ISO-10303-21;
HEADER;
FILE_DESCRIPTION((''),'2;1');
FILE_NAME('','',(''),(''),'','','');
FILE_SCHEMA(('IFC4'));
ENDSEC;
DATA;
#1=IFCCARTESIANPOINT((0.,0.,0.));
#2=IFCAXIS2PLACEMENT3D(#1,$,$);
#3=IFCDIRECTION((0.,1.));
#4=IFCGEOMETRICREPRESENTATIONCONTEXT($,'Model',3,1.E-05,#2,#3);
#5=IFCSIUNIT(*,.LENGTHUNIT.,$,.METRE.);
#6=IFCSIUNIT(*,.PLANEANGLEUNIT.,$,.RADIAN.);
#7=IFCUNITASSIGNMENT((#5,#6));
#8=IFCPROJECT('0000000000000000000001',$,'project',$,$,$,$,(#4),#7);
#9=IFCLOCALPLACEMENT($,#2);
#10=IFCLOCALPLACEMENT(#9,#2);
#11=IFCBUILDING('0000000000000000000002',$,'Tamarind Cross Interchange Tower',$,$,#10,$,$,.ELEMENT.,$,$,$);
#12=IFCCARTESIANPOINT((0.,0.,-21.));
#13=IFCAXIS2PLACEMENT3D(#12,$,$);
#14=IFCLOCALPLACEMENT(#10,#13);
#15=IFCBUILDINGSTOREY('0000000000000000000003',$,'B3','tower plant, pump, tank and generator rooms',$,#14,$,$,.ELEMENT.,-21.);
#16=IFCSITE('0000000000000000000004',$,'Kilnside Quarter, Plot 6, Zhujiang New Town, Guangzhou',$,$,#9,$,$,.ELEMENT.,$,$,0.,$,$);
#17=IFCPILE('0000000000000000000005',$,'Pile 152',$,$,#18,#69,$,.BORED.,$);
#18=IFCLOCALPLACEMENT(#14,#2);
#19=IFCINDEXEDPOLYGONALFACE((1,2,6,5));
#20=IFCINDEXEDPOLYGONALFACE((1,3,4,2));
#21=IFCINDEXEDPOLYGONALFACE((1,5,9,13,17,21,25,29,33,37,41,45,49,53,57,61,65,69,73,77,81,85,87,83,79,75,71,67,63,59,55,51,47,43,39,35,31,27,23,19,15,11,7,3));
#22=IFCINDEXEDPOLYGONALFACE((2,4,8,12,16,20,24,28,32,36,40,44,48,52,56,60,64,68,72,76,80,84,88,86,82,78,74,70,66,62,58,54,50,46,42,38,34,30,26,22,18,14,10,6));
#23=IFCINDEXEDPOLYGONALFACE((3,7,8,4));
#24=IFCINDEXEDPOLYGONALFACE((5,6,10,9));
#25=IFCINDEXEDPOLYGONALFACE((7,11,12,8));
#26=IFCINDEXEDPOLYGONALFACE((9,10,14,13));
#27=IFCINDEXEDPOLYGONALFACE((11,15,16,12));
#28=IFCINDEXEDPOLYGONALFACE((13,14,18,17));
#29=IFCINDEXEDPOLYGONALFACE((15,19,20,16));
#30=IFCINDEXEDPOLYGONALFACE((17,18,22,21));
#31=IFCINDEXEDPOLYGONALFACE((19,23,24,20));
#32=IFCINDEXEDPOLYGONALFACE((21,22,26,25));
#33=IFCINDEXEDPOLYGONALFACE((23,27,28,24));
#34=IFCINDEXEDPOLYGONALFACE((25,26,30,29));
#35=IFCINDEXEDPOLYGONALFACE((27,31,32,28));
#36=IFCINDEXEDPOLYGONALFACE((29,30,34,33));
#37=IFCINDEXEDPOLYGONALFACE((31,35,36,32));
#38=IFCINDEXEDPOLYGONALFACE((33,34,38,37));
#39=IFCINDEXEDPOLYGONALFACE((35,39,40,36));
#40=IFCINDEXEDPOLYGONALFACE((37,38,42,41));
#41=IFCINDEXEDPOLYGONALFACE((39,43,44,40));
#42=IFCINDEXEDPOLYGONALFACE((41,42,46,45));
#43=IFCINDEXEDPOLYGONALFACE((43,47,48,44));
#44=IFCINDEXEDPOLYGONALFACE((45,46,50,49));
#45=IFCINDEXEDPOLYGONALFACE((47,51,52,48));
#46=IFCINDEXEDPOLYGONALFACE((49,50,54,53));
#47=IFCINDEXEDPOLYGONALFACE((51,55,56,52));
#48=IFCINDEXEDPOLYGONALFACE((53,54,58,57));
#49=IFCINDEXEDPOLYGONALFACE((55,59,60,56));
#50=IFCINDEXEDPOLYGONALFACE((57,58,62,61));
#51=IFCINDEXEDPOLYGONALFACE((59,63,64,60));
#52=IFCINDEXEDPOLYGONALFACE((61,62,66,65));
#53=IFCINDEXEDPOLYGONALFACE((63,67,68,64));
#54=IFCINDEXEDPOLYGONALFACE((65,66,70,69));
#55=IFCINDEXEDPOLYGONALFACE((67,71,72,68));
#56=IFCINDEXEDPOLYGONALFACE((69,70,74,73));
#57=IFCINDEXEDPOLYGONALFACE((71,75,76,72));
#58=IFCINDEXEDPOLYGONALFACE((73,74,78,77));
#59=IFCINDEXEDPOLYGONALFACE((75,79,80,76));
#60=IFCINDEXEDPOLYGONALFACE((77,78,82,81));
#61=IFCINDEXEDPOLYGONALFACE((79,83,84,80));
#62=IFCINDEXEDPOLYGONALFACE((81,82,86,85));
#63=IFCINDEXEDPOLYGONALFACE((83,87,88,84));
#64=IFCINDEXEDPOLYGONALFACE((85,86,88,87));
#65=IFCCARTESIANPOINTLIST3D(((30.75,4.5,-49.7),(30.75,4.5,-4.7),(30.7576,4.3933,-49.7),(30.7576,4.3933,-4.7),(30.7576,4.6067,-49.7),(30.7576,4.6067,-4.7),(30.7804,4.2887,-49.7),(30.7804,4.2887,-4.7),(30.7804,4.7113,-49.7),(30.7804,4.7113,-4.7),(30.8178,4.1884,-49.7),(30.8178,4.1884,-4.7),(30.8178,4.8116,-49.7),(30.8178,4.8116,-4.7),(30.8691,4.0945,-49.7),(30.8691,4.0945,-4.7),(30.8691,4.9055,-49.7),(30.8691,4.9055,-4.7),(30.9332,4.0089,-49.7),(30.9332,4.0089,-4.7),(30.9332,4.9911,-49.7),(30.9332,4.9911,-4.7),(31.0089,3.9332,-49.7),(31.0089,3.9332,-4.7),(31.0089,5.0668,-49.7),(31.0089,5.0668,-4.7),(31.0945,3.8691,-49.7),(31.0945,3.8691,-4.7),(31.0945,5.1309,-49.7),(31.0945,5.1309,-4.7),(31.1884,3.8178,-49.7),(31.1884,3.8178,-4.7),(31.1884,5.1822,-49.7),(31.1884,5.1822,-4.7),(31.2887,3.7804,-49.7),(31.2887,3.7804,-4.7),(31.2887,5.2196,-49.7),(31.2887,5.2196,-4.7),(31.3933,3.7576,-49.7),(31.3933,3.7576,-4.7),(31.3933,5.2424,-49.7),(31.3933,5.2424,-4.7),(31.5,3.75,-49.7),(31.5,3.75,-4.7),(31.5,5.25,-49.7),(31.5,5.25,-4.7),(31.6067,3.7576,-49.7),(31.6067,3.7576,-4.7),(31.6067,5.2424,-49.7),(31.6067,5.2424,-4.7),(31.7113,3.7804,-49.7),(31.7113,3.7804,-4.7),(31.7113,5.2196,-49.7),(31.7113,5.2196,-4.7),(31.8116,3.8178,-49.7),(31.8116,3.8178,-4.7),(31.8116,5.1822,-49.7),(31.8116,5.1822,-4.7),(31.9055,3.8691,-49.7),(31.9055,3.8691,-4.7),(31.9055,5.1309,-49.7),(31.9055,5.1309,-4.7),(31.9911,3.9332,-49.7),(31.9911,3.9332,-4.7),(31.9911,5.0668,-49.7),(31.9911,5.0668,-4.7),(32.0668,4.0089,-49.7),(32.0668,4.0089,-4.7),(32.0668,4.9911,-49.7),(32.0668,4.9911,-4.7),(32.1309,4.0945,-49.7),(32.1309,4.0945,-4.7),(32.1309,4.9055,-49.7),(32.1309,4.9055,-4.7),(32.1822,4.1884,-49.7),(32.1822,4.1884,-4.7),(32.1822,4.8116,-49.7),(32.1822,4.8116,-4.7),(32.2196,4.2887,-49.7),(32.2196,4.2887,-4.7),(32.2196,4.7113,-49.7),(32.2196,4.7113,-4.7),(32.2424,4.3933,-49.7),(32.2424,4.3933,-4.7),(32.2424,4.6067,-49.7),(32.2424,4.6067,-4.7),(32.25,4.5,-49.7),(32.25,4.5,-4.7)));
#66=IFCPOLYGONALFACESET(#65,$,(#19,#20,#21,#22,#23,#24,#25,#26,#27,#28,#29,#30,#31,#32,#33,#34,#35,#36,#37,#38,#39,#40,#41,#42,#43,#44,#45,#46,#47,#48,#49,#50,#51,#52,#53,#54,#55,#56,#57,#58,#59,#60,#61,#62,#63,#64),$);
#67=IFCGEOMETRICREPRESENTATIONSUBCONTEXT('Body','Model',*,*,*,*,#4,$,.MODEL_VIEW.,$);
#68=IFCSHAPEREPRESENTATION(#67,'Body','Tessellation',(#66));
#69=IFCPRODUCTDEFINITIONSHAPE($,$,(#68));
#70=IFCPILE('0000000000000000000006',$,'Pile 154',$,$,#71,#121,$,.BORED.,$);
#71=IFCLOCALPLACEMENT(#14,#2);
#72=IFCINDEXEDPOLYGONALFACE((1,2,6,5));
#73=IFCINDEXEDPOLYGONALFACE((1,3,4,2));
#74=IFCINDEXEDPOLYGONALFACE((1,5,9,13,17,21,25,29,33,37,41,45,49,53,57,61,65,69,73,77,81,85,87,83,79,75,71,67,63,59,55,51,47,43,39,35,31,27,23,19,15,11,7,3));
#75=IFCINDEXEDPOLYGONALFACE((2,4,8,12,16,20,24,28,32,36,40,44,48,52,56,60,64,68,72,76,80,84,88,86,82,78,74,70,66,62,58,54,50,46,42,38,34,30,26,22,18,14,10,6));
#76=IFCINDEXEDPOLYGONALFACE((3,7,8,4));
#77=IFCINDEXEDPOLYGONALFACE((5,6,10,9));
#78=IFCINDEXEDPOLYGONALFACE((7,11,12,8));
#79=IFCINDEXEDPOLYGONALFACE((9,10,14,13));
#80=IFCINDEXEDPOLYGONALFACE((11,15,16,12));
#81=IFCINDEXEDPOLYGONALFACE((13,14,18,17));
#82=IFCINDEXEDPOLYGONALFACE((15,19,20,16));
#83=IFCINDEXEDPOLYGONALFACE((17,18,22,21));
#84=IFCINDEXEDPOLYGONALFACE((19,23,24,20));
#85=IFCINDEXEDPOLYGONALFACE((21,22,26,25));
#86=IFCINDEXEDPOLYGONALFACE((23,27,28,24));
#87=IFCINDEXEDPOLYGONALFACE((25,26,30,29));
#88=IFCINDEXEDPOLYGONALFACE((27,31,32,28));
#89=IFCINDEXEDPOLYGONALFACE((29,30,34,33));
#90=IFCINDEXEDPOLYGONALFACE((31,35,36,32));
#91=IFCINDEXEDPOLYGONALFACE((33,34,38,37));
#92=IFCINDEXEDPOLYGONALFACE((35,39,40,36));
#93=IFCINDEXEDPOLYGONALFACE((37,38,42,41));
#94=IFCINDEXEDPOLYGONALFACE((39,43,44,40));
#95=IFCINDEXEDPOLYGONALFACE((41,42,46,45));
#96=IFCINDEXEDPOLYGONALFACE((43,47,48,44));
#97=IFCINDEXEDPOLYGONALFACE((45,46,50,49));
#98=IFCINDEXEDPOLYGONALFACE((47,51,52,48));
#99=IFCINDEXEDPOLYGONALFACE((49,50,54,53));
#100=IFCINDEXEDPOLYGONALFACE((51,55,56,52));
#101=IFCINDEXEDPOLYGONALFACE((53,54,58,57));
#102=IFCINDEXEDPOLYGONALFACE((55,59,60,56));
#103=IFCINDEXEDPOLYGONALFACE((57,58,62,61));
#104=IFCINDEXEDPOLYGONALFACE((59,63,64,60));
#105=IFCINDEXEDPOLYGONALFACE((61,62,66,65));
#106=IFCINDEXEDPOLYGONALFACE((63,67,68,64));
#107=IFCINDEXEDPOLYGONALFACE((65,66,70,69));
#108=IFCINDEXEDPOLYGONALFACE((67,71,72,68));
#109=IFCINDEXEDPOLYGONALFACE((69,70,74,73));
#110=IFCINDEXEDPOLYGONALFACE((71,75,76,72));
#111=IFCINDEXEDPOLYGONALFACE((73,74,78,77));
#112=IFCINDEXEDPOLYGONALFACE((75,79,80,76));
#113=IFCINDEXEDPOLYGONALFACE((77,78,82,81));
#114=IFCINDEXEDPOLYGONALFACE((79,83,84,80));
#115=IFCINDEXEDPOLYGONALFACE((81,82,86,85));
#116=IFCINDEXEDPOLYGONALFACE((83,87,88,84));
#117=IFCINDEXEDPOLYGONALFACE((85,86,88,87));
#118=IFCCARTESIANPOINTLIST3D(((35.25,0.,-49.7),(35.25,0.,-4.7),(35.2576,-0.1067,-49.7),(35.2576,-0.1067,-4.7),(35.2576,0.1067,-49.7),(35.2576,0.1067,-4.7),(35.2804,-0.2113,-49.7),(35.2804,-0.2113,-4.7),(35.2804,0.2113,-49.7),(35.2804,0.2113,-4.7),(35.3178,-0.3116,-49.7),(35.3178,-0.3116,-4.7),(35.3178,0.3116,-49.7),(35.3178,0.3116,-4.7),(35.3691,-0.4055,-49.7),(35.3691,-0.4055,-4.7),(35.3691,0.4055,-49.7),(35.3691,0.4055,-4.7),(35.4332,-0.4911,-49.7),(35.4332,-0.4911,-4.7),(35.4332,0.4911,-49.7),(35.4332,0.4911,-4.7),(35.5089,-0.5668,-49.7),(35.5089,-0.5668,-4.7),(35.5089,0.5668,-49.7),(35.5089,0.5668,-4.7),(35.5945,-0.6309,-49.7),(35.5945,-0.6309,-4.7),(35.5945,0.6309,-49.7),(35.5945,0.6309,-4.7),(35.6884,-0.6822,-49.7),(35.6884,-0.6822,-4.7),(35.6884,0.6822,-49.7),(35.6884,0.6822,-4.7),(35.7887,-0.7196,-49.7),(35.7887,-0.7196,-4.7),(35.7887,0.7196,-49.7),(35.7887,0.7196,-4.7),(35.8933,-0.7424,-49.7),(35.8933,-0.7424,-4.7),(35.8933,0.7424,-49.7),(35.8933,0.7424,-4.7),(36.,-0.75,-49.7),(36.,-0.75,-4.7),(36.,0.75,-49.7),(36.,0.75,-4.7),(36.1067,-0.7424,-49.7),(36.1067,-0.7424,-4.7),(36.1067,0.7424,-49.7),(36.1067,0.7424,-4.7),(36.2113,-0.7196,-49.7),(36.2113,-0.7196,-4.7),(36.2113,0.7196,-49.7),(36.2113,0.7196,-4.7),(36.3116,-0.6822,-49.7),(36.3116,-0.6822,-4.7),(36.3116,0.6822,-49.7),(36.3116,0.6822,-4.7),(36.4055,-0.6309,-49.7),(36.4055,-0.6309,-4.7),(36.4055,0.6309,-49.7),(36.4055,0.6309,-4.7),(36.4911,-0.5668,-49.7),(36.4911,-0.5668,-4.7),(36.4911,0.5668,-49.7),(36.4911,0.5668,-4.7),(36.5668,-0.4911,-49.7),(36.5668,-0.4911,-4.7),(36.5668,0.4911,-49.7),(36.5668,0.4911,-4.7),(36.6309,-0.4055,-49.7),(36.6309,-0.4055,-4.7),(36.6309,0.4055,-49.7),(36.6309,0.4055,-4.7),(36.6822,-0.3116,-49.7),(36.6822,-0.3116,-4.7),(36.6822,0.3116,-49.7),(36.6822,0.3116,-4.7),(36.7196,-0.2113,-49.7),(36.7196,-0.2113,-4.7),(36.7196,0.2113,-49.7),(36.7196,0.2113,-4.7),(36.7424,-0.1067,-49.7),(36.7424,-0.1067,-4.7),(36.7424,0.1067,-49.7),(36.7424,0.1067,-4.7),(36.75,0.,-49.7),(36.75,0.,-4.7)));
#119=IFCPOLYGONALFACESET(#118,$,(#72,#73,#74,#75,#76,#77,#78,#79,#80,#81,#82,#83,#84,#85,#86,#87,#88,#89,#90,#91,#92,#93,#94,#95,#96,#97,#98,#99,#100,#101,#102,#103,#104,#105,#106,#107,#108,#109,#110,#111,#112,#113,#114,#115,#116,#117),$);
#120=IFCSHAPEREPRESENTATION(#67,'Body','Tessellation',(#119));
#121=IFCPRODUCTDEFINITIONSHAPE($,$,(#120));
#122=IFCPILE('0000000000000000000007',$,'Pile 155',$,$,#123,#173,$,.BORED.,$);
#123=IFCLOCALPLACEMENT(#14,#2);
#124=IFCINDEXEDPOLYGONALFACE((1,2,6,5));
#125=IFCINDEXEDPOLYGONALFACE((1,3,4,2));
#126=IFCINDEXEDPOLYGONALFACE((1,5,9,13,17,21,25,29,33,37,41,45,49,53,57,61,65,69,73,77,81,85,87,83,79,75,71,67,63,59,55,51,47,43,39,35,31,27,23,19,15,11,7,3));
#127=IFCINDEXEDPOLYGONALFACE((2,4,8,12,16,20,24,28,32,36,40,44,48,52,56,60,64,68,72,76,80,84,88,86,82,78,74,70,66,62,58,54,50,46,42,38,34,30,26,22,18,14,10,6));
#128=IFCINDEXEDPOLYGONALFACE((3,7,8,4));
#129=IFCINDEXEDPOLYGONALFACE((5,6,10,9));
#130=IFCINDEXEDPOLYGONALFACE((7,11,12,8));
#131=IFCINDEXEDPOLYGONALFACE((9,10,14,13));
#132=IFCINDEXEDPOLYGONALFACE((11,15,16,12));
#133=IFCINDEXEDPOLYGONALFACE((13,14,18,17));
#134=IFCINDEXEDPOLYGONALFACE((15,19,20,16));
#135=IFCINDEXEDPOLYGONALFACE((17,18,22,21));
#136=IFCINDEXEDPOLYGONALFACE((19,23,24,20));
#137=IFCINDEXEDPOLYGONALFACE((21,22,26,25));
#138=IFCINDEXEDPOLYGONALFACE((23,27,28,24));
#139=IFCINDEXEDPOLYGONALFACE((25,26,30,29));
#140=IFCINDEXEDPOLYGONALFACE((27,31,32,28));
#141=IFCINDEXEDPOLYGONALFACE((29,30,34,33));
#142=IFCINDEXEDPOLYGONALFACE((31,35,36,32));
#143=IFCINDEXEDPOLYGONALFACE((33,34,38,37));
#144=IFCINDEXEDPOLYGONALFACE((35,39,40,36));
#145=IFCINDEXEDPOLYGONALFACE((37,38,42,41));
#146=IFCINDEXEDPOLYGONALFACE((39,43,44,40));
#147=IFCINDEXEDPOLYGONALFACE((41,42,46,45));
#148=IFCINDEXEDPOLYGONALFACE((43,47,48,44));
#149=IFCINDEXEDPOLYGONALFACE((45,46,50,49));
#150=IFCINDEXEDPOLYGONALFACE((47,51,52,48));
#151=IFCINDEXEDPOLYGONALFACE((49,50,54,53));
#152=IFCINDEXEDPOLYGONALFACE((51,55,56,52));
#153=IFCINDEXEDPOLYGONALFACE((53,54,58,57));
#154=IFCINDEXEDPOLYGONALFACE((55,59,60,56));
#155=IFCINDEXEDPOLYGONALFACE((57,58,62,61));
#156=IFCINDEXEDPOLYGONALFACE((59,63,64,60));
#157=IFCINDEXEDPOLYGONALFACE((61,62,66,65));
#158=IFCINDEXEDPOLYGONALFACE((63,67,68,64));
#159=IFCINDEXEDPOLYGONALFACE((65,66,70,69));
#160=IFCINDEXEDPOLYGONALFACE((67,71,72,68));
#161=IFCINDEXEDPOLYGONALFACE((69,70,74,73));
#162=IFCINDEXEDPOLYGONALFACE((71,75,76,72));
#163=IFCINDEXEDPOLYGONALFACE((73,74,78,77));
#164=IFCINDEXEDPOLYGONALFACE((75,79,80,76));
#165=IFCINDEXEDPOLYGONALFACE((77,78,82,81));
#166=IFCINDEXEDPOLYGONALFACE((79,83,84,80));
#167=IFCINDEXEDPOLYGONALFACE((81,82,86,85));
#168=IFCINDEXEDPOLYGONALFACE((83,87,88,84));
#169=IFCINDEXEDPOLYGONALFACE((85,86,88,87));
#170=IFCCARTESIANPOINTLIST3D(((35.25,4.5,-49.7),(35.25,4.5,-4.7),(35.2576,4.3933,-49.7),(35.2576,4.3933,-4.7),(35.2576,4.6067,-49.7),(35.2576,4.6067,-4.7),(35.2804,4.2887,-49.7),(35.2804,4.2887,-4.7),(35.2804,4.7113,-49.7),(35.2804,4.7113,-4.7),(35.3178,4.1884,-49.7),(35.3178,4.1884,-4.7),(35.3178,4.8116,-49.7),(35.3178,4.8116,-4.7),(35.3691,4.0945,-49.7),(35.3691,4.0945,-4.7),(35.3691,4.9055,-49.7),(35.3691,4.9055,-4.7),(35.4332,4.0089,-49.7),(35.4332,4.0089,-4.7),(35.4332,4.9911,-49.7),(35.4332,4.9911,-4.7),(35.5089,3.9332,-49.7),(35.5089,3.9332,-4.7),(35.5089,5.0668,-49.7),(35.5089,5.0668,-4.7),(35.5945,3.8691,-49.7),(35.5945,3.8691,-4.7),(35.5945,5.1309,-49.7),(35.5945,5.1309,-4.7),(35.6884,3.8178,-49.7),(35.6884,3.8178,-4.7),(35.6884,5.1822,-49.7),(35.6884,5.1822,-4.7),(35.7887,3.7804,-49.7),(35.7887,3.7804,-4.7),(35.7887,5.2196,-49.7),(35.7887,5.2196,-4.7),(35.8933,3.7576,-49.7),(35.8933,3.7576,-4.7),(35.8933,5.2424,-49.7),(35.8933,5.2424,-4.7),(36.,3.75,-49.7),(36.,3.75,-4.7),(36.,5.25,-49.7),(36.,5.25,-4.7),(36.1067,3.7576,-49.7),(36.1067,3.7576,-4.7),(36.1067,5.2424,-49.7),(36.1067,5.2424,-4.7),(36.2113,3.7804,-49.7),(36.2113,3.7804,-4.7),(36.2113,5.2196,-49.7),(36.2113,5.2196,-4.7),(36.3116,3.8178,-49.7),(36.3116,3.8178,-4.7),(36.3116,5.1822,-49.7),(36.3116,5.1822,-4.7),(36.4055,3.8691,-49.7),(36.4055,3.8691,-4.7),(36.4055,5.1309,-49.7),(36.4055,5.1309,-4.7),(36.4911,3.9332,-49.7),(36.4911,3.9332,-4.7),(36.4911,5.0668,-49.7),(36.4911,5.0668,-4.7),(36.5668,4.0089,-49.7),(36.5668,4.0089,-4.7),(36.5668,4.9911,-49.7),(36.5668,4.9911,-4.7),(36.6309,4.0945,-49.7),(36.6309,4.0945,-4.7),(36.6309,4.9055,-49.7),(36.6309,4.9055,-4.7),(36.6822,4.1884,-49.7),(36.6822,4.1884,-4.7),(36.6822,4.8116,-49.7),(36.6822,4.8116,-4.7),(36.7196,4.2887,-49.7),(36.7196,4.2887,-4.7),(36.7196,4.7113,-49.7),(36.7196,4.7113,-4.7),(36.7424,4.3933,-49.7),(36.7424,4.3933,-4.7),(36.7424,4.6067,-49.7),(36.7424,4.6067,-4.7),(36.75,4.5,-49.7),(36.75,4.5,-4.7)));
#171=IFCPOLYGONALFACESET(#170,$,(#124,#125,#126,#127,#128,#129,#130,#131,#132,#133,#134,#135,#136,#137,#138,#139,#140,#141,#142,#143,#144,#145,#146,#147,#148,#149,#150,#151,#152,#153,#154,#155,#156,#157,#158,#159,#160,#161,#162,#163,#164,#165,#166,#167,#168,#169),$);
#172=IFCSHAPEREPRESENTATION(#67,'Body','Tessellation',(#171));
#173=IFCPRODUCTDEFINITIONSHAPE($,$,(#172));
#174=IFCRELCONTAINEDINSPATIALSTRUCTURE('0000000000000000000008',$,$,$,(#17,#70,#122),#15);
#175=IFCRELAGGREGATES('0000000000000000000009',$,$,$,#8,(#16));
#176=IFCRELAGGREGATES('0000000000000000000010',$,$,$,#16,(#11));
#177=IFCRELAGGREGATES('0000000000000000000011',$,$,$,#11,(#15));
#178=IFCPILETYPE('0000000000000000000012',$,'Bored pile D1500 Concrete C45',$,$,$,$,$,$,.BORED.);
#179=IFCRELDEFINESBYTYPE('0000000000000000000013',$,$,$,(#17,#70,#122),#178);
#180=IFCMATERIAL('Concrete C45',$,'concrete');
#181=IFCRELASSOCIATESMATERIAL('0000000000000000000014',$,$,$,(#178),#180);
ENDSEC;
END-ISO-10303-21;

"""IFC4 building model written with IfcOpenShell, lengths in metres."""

from ifc_helpers import new_model, si_unit, direction, frame, origin, origin_2d, place, context, subcontext, project, spatial, circle, extrude, material, material_profile, profile_set, type_object, element, save


model = new_model("IFC4")

# Units and contexts
model_context = context("Model", 3, precision=1e-05, world=origin(), true_north=direction((0.0, 1.0)))
body_context = subcontext(model_context, "Body", "Model", "MODEL_VIEW")
ifc_project = project(units=[si_unit("LENGTHUNIT", "METRE"), si_unit("PLANEANGLEUNIT", "RADIAN")], contexts=[model_context])

# Site, building, storey
site_placement = place(None, origin())
site = spatial("IfcSite", under=ifc_project, at=site_placement, Name="Kilnside Quarter, Plot 6, Zhujiang New Town, Guangzhou", CompositionType="ELEMENT", RefElevation=0.0)
building_placement = place(site_placement, origin())
building = spatial("IfcBuilding", under=site, at=building_placement, Name="Tamarind Cross Interchange Tower", CompositionType="ELEMENT")
storey_placement = place(building_placement, frame((0.0, 0.0, -21.0)))
storey = spatial("IfcBuildingStorey", under=building, at=storey_placement, Name="B3", Description="tower plant, pump, tank and generator rooms", CompositionType="ELEMENT", Elevation=-21.0)

# Piles
ifc_material_1 = material(Name="Concrete C45", Category="concrete")
ifc_material_profile_1 = material_profile(ifc_material_1, circle(Radius=0.75, at=origin_2d()), Name="RC D1500")
ifc_profile_set_1 = profile_set([ifc_material_profile_1], Name="Concrete C45")
pile_type = type_object("IfcPileType", Name="Bored pile D1500 Concrete C45", PredefinedType="BORED", material=ifc_profile_set_1)
for number, where, z_axis, x_axis, name in (
    (1, (31.5, 4.5, -4.7), (0.0, 0.0, -1.0), (1.0, 0.0, 0.0), "Pile 152"),
    (2, (36.0, 0.0, -4.7), (0.0, 0.0, -1.0), (1.0, 0.0, 0.0), "Pile 154"),
    (3, (36.0, 4.5, -4.7), (0.0, 0.0, -1.0), (1.0, 0.0, 0.0), "Pile 155"),
):
    element("IfcPile", number, at=place(storey_placement, frame(where, z_axis=z_axis, x_axis=x_axis)), inside=storey, type_object=pile_type, Name=name, PredefinedType="BORED", context=body_context, shape_type="SweptSolid", body=[
        extrude(circle(Radius=0.75, at=origin_2d()), origin(), (0.0, 0.0, 1.0), 45.0),
    ])

save(model, "model.ifc")
